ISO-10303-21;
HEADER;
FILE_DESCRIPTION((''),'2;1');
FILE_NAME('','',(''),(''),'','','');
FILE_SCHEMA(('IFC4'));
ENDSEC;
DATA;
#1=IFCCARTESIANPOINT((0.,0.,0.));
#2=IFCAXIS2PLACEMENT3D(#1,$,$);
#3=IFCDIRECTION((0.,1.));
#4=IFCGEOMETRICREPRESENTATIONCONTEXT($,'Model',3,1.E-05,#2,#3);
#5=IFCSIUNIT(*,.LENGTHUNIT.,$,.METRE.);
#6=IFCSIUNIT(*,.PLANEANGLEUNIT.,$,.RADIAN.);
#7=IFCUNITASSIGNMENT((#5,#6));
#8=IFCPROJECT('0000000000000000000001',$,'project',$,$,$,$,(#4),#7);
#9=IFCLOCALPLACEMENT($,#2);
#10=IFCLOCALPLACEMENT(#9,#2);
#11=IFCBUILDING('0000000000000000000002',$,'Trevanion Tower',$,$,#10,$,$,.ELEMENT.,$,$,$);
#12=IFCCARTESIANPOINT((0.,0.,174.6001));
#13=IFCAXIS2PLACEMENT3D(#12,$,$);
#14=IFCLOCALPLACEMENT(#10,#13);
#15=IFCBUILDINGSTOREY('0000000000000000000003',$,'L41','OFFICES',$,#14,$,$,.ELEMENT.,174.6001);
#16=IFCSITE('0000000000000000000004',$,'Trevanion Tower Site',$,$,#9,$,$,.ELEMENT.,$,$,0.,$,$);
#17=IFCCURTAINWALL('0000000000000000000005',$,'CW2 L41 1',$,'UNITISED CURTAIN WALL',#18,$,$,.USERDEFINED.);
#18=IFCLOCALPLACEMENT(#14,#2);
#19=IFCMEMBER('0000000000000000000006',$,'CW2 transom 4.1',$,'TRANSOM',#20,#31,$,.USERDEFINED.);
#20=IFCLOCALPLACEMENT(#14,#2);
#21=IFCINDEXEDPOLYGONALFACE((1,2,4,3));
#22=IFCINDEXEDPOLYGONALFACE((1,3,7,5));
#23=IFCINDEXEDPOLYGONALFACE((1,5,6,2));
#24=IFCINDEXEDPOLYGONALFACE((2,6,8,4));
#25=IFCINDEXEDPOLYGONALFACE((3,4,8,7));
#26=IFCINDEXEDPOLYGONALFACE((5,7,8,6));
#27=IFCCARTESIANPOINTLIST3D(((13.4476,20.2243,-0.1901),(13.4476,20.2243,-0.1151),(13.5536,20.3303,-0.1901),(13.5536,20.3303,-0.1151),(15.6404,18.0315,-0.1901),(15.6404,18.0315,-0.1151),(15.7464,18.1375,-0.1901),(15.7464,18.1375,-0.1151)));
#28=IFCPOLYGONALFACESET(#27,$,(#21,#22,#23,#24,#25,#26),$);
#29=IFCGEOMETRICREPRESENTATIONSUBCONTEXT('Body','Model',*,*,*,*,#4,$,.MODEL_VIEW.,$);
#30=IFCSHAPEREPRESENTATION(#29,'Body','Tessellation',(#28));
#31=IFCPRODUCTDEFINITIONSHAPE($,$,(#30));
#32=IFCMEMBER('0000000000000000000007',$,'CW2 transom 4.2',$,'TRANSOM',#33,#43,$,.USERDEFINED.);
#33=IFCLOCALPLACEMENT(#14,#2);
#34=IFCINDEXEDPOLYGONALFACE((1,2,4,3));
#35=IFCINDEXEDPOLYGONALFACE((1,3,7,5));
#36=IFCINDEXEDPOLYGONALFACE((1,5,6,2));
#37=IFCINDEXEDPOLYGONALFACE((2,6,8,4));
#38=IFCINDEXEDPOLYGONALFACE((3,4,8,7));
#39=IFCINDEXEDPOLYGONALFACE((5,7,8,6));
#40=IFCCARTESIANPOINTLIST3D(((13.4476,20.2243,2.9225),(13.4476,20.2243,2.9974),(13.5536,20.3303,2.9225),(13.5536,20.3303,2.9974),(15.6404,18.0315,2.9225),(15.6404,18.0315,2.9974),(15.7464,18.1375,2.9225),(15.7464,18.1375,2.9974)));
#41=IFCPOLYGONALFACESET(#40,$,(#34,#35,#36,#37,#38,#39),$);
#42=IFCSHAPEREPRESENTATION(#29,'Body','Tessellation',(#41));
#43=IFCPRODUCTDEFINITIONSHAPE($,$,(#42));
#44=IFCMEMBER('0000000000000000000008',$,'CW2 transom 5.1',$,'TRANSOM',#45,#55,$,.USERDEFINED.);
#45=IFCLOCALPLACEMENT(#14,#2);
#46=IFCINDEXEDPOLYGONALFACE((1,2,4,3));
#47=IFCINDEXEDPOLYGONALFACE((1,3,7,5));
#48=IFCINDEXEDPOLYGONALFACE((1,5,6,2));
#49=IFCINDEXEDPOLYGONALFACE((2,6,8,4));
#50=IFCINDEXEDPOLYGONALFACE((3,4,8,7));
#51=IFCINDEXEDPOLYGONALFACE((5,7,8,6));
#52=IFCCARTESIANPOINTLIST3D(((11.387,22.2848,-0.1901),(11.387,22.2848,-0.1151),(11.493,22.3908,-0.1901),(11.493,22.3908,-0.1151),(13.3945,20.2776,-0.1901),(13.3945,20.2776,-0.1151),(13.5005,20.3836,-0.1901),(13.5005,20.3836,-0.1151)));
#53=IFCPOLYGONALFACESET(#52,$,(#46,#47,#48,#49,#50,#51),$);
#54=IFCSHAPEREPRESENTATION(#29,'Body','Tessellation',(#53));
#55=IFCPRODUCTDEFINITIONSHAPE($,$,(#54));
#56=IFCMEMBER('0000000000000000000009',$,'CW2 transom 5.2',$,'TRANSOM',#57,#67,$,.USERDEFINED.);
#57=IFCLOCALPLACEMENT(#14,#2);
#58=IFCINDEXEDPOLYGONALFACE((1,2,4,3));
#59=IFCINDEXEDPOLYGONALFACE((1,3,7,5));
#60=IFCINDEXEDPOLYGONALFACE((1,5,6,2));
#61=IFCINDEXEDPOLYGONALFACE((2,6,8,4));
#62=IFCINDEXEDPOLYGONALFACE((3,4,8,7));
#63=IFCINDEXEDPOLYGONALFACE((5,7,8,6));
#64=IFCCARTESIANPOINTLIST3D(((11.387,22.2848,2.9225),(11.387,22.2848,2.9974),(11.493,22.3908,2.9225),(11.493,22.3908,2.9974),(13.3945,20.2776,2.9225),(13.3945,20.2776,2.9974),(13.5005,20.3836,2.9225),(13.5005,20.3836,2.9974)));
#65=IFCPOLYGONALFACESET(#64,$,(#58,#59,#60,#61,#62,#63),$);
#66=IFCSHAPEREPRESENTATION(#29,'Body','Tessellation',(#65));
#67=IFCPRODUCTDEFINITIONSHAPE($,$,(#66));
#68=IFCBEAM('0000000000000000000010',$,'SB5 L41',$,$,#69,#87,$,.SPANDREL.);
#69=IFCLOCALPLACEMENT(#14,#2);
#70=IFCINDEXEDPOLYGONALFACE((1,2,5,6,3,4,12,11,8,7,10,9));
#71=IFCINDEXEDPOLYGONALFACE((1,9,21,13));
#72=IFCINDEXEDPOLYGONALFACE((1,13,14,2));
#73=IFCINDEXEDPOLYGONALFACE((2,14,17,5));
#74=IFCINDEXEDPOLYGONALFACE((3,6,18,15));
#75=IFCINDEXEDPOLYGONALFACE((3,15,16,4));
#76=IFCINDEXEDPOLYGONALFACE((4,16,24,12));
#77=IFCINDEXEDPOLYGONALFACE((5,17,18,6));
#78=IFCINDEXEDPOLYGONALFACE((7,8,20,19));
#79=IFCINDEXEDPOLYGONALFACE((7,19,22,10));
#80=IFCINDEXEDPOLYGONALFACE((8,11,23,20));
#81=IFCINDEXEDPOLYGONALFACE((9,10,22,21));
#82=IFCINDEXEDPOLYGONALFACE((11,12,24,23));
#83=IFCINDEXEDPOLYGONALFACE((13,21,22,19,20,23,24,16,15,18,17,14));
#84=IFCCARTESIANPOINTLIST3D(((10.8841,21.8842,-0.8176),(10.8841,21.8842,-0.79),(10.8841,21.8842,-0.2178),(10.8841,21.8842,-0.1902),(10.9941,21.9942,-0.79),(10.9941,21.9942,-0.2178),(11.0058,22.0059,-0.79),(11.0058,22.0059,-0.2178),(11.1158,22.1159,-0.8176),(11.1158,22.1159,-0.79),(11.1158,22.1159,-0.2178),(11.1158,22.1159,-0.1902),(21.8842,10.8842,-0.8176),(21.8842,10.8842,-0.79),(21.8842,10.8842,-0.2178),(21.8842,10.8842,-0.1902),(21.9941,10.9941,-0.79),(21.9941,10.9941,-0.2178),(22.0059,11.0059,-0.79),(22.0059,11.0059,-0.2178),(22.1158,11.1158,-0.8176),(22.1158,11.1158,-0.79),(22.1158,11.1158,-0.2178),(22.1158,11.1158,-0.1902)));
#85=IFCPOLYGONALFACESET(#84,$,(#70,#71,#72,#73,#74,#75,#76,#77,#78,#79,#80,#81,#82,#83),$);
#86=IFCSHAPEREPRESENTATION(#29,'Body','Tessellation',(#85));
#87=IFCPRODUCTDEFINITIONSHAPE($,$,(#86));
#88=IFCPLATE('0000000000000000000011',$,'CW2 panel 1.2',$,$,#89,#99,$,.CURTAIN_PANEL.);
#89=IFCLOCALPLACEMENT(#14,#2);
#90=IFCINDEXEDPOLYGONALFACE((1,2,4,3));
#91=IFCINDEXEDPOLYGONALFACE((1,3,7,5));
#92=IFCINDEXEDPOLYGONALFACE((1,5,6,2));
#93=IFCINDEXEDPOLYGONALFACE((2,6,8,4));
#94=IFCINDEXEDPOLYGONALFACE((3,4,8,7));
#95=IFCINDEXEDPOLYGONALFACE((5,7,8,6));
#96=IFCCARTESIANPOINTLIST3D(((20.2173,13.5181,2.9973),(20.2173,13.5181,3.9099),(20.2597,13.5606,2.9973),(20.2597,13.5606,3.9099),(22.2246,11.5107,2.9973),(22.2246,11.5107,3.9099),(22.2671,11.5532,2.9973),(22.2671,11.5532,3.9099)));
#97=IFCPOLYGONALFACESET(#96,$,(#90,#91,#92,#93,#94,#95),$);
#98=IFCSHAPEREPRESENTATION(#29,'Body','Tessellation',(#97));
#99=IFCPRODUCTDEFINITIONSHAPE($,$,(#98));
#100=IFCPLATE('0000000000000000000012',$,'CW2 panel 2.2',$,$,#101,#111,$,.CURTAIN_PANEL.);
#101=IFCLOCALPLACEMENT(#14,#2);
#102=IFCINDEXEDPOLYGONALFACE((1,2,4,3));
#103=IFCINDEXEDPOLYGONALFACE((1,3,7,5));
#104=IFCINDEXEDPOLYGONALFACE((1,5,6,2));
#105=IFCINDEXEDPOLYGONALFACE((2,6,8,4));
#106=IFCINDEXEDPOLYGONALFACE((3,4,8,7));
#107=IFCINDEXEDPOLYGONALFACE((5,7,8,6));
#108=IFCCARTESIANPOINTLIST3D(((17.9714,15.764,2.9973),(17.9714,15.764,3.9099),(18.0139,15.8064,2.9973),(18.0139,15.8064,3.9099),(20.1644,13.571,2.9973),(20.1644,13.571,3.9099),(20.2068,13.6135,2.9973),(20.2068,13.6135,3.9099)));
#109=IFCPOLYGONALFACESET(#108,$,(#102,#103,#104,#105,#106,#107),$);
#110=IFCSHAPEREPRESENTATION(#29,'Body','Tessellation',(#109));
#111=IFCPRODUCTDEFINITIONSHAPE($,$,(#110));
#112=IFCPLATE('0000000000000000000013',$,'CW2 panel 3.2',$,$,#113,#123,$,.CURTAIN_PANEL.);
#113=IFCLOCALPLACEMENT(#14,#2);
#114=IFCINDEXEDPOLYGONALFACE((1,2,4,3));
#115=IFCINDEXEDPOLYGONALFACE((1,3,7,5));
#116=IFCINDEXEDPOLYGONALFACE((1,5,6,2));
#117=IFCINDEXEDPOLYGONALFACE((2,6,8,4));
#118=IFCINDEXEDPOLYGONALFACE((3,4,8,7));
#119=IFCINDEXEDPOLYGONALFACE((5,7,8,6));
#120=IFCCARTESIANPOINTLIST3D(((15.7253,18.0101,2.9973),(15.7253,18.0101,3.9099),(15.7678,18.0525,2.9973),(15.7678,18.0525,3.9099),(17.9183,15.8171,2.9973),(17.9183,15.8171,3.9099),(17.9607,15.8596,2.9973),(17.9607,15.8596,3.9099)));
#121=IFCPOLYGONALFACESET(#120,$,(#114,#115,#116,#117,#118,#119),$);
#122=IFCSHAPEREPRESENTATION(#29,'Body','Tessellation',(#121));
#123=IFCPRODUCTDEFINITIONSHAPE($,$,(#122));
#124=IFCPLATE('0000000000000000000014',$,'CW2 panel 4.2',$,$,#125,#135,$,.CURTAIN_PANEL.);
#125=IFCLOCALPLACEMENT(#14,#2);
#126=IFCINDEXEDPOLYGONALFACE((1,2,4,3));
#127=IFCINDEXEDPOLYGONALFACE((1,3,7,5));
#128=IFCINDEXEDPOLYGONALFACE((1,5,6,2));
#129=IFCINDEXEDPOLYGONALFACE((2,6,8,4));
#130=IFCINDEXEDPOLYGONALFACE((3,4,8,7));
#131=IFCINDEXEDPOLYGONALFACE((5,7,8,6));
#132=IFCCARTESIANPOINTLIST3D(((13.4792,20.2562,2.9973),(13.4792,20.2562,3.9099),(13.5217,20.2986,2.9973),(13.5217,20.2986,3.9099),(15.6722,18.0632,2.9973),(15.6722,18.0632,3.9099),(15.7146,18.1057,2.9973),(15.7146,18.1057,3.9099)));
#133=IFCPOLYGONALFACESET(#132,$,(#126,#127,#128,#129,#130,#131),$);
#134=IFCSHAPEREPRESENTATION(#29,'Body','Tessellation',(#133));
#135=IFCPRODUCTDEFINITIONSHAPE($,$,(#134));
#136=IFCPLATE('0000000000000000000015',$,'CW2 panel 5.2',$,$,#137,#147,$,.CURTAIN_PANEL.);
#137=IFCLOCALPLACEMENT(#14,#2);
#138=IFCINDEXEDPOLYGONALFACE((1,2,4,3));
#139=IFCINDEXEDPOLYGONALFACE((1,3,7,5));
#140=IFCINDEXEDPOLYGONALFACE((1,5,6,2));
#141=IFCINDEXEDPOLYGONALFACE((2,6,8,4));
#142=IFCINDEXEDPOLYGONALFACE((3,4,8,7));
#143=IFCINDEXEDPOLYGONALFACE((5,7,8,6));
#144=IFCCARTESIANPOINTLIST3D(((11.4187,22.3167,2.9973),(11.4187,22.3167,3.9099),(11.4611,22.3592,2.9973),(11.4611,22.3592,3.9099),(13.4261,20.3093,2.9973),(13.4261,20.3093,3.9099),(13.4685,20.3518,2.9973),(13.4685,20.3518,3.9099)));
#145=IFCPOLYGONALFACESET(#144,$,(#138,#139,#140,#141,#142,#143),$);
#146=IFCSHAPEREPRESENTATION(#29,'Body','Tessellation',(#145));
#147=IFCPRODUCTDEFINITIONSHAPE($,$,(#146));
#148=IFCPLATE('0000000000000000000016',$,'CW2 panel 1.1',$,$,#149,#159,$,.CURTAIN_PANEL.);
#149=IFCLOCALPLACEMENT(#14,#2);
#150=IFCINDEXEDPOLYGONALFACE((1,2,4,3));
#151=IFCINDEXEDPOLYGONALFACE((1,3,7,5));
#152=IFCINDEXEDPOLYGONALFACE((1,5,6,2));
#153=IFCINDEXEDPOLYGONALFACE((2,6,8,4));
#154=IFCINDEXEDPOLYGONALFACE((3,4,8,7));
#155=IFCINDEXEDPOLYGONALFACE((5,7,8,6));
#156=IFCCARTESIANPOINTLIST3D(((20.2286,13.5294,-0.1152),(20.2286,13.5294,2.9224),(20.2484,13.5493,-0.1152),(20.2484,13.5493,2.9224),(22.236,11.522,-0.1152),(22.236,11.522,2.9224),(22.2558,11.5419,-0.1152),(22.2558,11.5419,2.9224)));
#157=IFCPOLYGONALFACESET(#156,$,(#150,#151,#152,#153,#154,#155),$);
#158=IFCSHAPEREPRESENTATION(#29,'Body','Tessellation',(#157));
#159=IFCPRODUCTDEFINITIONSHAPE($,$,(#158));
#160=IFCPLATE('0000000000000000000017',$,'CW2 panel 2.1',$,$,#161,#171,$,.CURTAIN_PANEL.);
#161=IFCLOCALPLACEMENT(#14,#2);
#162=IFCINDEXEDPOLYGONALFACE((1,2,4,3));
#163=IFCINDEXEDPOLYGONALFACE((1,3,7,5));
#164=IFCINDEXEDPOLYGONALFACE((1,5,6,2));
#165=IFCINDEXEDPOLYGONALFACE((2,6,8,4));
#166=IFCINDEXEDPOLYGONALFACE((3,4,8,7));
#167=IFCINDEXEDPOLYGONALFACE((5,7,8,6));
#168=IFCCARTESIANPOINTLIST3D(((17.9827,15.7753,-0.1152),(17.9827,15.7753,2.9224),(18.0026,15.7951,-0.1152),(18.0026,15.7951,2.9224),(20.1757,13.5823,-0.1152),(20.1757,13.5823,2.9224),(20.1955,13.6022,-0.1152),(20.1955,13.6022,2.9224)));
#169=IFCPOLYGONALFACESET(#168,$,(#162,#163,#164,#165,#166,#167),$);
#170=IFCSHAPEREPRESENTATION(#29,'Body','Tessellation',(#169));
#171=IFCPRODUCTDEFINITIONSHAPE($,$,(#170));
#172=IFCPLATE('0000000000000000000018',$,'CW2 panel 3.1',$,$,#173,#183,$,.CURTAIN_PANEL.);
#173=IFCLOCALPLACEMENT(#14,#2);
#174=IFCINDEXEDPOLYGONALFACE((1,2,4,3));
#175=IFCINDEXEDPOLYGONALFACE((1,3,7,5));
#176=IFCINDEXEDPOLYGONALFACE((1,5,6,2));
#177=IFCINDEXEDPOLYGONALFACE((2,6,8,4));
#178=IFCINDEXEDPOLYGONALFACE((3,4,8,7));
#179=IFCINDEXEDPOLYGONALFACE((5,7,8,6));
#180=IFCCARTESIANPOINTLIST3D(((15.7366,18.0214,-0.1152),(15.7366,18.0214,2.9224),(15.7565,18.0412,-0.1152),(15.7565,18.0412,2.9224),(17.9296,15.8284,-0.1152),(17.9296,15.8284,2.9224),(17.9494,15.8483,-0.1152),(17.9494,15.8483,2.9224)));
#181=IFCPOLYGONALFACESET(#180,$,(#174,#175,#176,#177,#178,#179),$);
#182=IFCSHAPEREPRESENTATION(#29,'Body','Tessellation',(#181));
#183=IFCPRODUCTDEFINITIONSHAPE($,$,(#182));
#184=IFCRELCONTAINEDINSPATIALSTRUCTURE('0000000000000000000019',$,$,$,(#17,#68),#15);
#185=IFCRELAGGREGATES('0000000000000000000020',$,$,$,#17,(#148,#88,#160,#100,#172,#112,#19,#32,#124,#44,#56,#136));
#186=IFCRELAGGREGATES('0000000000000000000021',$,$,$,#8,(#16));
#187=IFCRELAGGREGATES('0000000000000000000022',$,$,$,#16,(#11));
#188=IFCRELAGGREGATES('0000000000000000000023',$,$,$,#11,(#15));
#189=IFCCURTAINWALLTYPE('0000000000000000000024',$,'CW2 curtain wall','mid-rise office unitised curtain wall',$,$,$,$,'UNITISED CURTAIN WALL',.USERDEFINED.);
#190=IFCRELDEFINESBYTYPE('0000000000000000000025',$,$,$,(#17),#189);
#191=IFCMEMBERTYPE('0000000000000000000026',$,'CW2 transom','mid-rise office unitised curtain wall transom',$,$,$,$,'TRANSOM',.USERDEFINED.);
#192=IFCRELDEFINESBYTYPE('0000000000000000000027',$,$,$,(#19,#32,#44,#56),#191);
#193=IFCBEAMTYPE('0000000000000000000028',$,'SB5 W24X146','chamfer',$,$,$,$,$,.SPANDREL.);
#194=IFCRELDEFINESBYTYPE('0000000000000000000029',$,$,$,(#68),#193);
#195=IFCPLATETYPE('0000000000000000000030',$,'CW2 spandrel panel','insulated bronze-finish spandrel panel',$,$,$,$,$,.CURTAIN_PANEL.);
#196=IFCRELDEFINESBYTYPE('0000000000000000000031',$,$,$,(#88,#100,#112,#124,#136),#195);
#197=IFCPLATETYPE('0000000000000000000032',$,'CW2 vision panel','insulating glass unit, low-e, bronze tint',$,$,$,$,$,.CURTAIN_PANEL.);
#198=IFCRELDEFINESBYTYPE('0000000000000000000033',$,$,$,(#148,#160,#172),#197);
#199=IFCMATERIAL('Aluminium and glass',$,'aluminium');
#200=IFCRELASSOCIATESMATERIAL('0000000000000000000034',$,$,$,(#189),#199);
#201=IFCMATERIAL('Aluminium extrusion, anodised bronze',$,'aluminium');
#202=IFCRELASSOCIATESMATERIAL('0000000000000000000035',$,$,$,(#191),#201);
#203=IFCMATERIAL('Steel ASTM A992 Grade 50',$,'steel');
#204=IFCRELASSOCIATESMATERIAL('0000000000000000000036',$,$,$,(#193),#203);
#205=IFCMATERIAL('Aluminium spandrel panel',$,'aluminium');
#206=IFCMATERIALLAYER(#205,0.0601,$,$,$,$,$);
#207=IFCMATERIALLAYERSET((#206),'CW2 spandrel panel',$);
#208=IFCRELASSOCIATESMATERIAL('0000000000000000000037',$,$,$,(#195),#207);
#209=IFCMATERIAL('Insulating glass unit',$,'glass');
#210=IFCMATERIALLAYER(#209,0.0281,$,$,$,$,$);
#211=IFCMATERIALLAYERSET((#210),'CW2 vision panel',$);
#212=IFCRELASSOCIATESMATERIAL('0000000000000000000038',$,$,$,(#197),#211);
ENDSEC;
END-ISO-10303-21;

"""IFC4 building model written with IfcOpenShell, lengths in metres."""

from ifc_helpers import new_model, si_unit, direction, frame, origin, origin_2d, place, context, subcontext, project, spatial, rectangle, i_section, extrude, material, layer, layer_set, material_profile, profile_set, type_object, element, aggregate, save


model = new_model("IFC4")

# Units and contexts
model_context = context("Model", 3, precision=1e-05, world=origin(), true_north=direction((0.0, 1.0)))
body_context = subcontext(model_context, "Body", "Model", "MODEL_VIEW")
ifc_project = project(units=[si_unit("LENGTHUNIT", "METRE"), si_unit("PLANEANGLEUNIT", "RADIAN")], contexts=[model_context])

# Site, building, storey
site_placement = place(None, origin())
site = spatial("IfcSite", under=ifc_project, at=site_placement, Name="Trevanion Tower Site", CompositionType="ELEMENT", RefElevation=0.0)
building_placement = place(site_placement, origin())
building = spatial("IfcBuilding", under=site, at=building_placement, Name="Trevanion Tower", CompositionType="ELEMENT")
storey_placement = place(building_placement, frame((0.0, 0.0, 174.6001)))
storey = spatial("IfcBuildingStorey", under=building, at=storey_placement, Name="L41", Description="OFFICES", CompositionType="ELEMENT", Elevation=174.6001)

# Curtain wall
ifc_material_1 = material(Name="Aluminium and glass", Category="aluminium")
curtain_wall_type = type_object("IfcCurtainWallType", Name="CW2 curtain wall", Description="mid-rise office unitised curtain wall", ElementType="UNITISED CURTAIN WALL", PredefinedType="USERDEFINED", material=ifc_material_1)
curtain_wall_1_placement = place(storey_placement, origin())
curtain_wall_1 = element("IfcCurtainWall", 1, at=curtain_wall_1_placement, inside=storey, type_object=curtain_wall_type, Name="CW2 L41 1", ObjectType="UNITISED CURTAIN WALL", PredefinedType="USERDEFINED")

# Members
ifc_material_2 = material(Name="Aluminium extrusion, anodised bronze", Category="aluminium")
ifc_material_profile_1 = material_profile(ifc_material_2, rectangle(XDim=0.1499, YDim=0.075, at=origin_2d()), Name="CW2 transom")
ifc_profile_set_1 = profile_set([ifc_material_profile_1], Name="Aluminium extrusion, anodised bronze")
member_type_1 = type_object("IfcMemberType", Name="CW2 transom", Description="mid-rise office unitised curtain wall transom", ElementType="TRANSOM", PredefinedType="USERDEFINED", material=ifc_profile_set_1)
member_1_placement = place(storey_placement, frame((15.6934, 18.0845, -0.1526), z_axis=(-0.707107, 0.707107, 0.0), x_axis=(-0.707107, -0.707107, 0.0)))
member_1 = element("IfcMember", 2, at=member_1_placement, type_object=member_type_1, Name="CW2 transom 4.1", ObjectType="TRANSOM", PredefinedType="USERDEFINED", context=body_context, shape_type="SweptSolid", body=[
    extrude(rectangle(XDim=0.1499, YDim=0.075, at=origin_2d()), origin(), (0.0, 0.0, 1.0), 3.1011),
])
member_2_placement = place(storey_placement, frame((15.6934, 18.0845, 2.96), z_axis=(-0.707107, 0.707107, 0.0), x_axis=(-0.707107, -0.707107, 0.0)))
member_2 = element("IfcMember", 3, at=member_2_placement, type_object=member_type_1, Name="CW2 transom 4.2", ObjectType="TRANSOM", PredefinedType="USERDEFINED", context=body_context, shape_type="SweptSolid", body=[
    extrude(rectangle(XDim=0.1499, YDim=0.075, at=origin_2d()), origin(), (0.0, 0.0, 1.0), 3.1011),
])
member_3_placement = place(storey_placement, frame((13.4475, 20.3306, -0.1526), z_axis=(-0.70715, 0.707064, 0.0), x_axis=(-0.707064, -0.70715, 0.0)))
member_3 = element("IfcMember", 4, at=member_3_placement, type_object=member_type_1, Name="CW2 transom 5.1", ObjectType="TRANSOM", PredefinedType="USERDEFINED", context=body_context, shape_type="SweptSolid", body=[
    extrude(rectangle(XDim=0.1499, YDim=0.075, at=origin_2d()), origin(), (0.0, 0.0, 1.0), 2.8389),
])
member_4_placement = place(storey_placement, frame((13.4475, 20.3306, 2.96), z_axis=(-0.70715, 0.707064, 0.0), x_axis=(-0.707064, -0.70715, 0.0)))
member_4 = element("IfcMember", 5, at=member_4_placement, type_object=member_type_1, Name="CW2 transom 5.2", ObjectType="TRANSOM", PredefinedType="USERDEFINED", context=body_context, shape_type="SweptSolid", body=[
    extrude(rectangle(XDim=0.1499, YDim=0.075, at=origin_2d()), origin(), (0.0, 0.0, 1.0), 2.8389),
])

# Beam
ifc_material_3 = material(Name="Steel ASTM A992 Grade 50", Category="steel")
ifc_material_profile_2 = material_profile(ifc_material_3, i_section(OverallWidth=0.3276, OverallDepth=0.6274, WebThickness=0.0166, FlangeThickness=0.0276, at=origin_2d()), Name="W24X146")
ifc_profile_set_2 = profile_set([ifc_material_profile_2], Name="Steel ASTM A992 Grade 50")
beam_type_1 = type_object("IfcBeamType", Name="SB5 W24X146", Description="chamfer", PredefinedType="SPANDREL", material=ifc_profile_set_2)
beam_1_placement = place(storey_placement, frame((22.0, 11.0, -0.5039), z_axis=(-0.707107, 0.707107, 0.0), x_axis=(-0.707107, -0.707107, 0.0)))
element("IfcBeam", 6, at=beam_1_placement, inside=storey, type_object=beam_type_1, Name="SB5 L41", PredefinedType="SPANDREL", context=body_context, shape_type="SweptSolid", body=[
    extrude(i_section(OverallWidth=0.3276, OverallDepth=0.6274, WebThickness=0.0166, FlangeThickness=0.0276, at=origin_2d()), origin(), (0.0, 0.0, 1.0), 15.5564),
])

# Plates
ifc_material_4 = material(Name="Aluminium spandrel panel", Category="aluminium")
ifc_layer_1 = layer(ifc_material_4, 0.0601)
ifc_layer_set_1 = layer_set([ifc_layer_1], Name="CW2 spandrel panel")
plate_type_1 = type_object("IfcPlateType", Name="CW2 spandrel panel", Description="insulated bronze-finish spandrel panel", PredefinedType="CURTAIN_PANEL", material=ifc_layer_set_1)
plate_1_placement = place(storey_placement, frame((21.2422, 12.5356, 2.9973), z_axis=(0.0, 0.0, 1.0), x_axis=(-0.707107, 0.707107, 0.0)))
plate_1 = element("IfcPlate", 7, at=plate_1_placement, type_object=plate_type_1, Name="CW2 panel 1.2", PredefinedType="CURTAIN_PANEL", context=body_context, shape_type="SweptSolid", body=[
    extrude(rectangle(XDim=2.8389, YDim=0.0601, at=origin_2d()), origin(), (0.0, 0.0, 1.0), 0.9126),
])
plate_2_placement = place(storey_placement, frame((19.0891, 14.6887, 2.9973), z_axis=(0.0, 0.0, 1.0), x_axis=(-0.707107, 0.707107, 0.0)))
plate_2 = element("IfcPlate", 8, at=plate_2_placement, type_object=plate_type_1, Name="CW2 panel 2.2", PredefinedType="CURTAIN_PANEL", context=body_context, shape_type="SweptSolid", body=[
    extrude(rectangle(XDim=3.1013, YDim=0.0601, at=origin_2d()), origin(), (0.0, 0.0, 1.0), 0.9126),
])
plate_3_placement = place(storey_placement, frame((16.843, 16.9348, 2.9973), z_axis=(0.0, 0.0, 1.0), x_axis=(-0.707107, 0.707107, 0.0)))
plate_3 = element("IfcPlate", 9, at=plate_3_placement, type_object=plate_type_1, Name="CW2 panel 3.2", PredefinedType="CURTAIN_PANEL", context=body_context, shape_type="SweptSolid", body=[
    extrude(rectangle(XDim=3.1013, YDim=0.0601, at=origin_2d()), origin(), (0.0, 0.0, 1.0), 0.9126),
])
plate_4_placement = place(storey_placement, frame((14.5969, 19.1809, 2.9973), z_axis=(0.0, 0.0, 1.0), x_axis=(-0.707107, 0.707107, 0.0)))
plate_4 = element("IfcPlate", 10, at=plate_4_placement, type_object=plate_type_1, Name="CW2 panel 4.2", PredefinedType="CURTAIN_PANEL", context=body_context, shape_type="SweptSolid", body=[
    extrude(rectangle(XDim=3.1013, YDim=0.0601, at=origin_2d()), origin(), (0.0, 0.0, 1.0), 0.9126),
])
plate_5_placement = place(storey_placement, frame((12.4436, 21.3342, 2.9973), z_axis=(0.0, 0.0, 1.0), x_axis=(-0.707107, 0.707107, 0.0)))
plate_5 = element("IfcPlate", 11, at=plate_5_placement, type_object=plate_type_1, Name="CW2 panel 5.2", PredefinedType="CURTAIN_PANEL", context=body_context, shape_type="SweptSolid", body=[
    extrude(rectangle(XDim=2.8389, YDim=0.0601, at=origin_2d()), origin(), (0.0, 0.0, 1.0), 0.9126),
])
ifc_material_5 = material(Name="Insulating glass unit", Category="glass")
ifc_layer_2 = layer(ifc_material_5, 0.0281)
ifc_layer_set_2 = layer_set([ifc_layer_2], Name="CW2 vision panel")
plate_type_2 = type_object("IfcPlateType", Name="CW2 vision panel", Description="insulating glass unit, low-e, bronze tint", PredefinedType="CURTAIN_PANEL", material=ifc_layer_set_2)
plate_6_placement = place(storey_placement, frame((21.2422, 12.5356, -0.1152), z_axis=(0.0, 0.0, 1.0), x_axis=(-0.707107, 0.707107, 0.0)))
plate_6 = element("IfcPlate", 12, at=plate_6_placement, type_object=plate_type_2, Name="CW2 panel 1.1", PredefinedType="CURTAIN_PANEL", context=body_context, shape_type="SweptSolid", body=[
    extrude(rectangle(XDim=2.8389, YDim=0.0281, at=origin_2d()), origin(), (0.0, 0.0, 1.0), 3.0376),
])
plate_7_placement = place(storey_placement, frame((19.0891, 14.6887, -0.1152), z_axis=(0.0, 0.0, 1.0), x_axis=(-0.707107, 0.707107, 0.0)))
plate_7 = element("IfcPlate", 13, at=plate_7_placement, type_object=plate_type_2, Name="CW2 panel 2.1", PredefinedType="CURTAIN_PANEL", context=body_context, shape_type="SweptSolid", body=[
    extrude(rectangle(XDim=3.1013, YDim=0.0281, at=origin_2d()), origin(), (0.0, 0.0, 1.0), 3.0376),
])
plate_8_placement = place(storey_placement, frame((16.843, 16.9348, -0.1152), z_axis=(0.0, 0.0, 1.0), x_axis=(-0.707107, 0.707107, 0.0)))
plate_8 = element("IfcPlate", 14, at=plate_8_placement, type_object=plate_type_2, Name="CW2 panel 3.1", PredefinedType="CURTAIN_PANEL", context=body_context, shape_type="SweptSolid", body=[
    extrude(rectangle(XDim=3.1013, YDim=0.0281, at=origin_2d()), origin(), (0.0, 0.0, 1.0), 3.0376),
])
aggregate(curtain_wall_1, [plate_6, plate_1, plate_7, plate_2, plate_8, plate_3, member_1, member_2, plate_4, member_3, member_4, plate_5])

save(model, "model.ifc")
